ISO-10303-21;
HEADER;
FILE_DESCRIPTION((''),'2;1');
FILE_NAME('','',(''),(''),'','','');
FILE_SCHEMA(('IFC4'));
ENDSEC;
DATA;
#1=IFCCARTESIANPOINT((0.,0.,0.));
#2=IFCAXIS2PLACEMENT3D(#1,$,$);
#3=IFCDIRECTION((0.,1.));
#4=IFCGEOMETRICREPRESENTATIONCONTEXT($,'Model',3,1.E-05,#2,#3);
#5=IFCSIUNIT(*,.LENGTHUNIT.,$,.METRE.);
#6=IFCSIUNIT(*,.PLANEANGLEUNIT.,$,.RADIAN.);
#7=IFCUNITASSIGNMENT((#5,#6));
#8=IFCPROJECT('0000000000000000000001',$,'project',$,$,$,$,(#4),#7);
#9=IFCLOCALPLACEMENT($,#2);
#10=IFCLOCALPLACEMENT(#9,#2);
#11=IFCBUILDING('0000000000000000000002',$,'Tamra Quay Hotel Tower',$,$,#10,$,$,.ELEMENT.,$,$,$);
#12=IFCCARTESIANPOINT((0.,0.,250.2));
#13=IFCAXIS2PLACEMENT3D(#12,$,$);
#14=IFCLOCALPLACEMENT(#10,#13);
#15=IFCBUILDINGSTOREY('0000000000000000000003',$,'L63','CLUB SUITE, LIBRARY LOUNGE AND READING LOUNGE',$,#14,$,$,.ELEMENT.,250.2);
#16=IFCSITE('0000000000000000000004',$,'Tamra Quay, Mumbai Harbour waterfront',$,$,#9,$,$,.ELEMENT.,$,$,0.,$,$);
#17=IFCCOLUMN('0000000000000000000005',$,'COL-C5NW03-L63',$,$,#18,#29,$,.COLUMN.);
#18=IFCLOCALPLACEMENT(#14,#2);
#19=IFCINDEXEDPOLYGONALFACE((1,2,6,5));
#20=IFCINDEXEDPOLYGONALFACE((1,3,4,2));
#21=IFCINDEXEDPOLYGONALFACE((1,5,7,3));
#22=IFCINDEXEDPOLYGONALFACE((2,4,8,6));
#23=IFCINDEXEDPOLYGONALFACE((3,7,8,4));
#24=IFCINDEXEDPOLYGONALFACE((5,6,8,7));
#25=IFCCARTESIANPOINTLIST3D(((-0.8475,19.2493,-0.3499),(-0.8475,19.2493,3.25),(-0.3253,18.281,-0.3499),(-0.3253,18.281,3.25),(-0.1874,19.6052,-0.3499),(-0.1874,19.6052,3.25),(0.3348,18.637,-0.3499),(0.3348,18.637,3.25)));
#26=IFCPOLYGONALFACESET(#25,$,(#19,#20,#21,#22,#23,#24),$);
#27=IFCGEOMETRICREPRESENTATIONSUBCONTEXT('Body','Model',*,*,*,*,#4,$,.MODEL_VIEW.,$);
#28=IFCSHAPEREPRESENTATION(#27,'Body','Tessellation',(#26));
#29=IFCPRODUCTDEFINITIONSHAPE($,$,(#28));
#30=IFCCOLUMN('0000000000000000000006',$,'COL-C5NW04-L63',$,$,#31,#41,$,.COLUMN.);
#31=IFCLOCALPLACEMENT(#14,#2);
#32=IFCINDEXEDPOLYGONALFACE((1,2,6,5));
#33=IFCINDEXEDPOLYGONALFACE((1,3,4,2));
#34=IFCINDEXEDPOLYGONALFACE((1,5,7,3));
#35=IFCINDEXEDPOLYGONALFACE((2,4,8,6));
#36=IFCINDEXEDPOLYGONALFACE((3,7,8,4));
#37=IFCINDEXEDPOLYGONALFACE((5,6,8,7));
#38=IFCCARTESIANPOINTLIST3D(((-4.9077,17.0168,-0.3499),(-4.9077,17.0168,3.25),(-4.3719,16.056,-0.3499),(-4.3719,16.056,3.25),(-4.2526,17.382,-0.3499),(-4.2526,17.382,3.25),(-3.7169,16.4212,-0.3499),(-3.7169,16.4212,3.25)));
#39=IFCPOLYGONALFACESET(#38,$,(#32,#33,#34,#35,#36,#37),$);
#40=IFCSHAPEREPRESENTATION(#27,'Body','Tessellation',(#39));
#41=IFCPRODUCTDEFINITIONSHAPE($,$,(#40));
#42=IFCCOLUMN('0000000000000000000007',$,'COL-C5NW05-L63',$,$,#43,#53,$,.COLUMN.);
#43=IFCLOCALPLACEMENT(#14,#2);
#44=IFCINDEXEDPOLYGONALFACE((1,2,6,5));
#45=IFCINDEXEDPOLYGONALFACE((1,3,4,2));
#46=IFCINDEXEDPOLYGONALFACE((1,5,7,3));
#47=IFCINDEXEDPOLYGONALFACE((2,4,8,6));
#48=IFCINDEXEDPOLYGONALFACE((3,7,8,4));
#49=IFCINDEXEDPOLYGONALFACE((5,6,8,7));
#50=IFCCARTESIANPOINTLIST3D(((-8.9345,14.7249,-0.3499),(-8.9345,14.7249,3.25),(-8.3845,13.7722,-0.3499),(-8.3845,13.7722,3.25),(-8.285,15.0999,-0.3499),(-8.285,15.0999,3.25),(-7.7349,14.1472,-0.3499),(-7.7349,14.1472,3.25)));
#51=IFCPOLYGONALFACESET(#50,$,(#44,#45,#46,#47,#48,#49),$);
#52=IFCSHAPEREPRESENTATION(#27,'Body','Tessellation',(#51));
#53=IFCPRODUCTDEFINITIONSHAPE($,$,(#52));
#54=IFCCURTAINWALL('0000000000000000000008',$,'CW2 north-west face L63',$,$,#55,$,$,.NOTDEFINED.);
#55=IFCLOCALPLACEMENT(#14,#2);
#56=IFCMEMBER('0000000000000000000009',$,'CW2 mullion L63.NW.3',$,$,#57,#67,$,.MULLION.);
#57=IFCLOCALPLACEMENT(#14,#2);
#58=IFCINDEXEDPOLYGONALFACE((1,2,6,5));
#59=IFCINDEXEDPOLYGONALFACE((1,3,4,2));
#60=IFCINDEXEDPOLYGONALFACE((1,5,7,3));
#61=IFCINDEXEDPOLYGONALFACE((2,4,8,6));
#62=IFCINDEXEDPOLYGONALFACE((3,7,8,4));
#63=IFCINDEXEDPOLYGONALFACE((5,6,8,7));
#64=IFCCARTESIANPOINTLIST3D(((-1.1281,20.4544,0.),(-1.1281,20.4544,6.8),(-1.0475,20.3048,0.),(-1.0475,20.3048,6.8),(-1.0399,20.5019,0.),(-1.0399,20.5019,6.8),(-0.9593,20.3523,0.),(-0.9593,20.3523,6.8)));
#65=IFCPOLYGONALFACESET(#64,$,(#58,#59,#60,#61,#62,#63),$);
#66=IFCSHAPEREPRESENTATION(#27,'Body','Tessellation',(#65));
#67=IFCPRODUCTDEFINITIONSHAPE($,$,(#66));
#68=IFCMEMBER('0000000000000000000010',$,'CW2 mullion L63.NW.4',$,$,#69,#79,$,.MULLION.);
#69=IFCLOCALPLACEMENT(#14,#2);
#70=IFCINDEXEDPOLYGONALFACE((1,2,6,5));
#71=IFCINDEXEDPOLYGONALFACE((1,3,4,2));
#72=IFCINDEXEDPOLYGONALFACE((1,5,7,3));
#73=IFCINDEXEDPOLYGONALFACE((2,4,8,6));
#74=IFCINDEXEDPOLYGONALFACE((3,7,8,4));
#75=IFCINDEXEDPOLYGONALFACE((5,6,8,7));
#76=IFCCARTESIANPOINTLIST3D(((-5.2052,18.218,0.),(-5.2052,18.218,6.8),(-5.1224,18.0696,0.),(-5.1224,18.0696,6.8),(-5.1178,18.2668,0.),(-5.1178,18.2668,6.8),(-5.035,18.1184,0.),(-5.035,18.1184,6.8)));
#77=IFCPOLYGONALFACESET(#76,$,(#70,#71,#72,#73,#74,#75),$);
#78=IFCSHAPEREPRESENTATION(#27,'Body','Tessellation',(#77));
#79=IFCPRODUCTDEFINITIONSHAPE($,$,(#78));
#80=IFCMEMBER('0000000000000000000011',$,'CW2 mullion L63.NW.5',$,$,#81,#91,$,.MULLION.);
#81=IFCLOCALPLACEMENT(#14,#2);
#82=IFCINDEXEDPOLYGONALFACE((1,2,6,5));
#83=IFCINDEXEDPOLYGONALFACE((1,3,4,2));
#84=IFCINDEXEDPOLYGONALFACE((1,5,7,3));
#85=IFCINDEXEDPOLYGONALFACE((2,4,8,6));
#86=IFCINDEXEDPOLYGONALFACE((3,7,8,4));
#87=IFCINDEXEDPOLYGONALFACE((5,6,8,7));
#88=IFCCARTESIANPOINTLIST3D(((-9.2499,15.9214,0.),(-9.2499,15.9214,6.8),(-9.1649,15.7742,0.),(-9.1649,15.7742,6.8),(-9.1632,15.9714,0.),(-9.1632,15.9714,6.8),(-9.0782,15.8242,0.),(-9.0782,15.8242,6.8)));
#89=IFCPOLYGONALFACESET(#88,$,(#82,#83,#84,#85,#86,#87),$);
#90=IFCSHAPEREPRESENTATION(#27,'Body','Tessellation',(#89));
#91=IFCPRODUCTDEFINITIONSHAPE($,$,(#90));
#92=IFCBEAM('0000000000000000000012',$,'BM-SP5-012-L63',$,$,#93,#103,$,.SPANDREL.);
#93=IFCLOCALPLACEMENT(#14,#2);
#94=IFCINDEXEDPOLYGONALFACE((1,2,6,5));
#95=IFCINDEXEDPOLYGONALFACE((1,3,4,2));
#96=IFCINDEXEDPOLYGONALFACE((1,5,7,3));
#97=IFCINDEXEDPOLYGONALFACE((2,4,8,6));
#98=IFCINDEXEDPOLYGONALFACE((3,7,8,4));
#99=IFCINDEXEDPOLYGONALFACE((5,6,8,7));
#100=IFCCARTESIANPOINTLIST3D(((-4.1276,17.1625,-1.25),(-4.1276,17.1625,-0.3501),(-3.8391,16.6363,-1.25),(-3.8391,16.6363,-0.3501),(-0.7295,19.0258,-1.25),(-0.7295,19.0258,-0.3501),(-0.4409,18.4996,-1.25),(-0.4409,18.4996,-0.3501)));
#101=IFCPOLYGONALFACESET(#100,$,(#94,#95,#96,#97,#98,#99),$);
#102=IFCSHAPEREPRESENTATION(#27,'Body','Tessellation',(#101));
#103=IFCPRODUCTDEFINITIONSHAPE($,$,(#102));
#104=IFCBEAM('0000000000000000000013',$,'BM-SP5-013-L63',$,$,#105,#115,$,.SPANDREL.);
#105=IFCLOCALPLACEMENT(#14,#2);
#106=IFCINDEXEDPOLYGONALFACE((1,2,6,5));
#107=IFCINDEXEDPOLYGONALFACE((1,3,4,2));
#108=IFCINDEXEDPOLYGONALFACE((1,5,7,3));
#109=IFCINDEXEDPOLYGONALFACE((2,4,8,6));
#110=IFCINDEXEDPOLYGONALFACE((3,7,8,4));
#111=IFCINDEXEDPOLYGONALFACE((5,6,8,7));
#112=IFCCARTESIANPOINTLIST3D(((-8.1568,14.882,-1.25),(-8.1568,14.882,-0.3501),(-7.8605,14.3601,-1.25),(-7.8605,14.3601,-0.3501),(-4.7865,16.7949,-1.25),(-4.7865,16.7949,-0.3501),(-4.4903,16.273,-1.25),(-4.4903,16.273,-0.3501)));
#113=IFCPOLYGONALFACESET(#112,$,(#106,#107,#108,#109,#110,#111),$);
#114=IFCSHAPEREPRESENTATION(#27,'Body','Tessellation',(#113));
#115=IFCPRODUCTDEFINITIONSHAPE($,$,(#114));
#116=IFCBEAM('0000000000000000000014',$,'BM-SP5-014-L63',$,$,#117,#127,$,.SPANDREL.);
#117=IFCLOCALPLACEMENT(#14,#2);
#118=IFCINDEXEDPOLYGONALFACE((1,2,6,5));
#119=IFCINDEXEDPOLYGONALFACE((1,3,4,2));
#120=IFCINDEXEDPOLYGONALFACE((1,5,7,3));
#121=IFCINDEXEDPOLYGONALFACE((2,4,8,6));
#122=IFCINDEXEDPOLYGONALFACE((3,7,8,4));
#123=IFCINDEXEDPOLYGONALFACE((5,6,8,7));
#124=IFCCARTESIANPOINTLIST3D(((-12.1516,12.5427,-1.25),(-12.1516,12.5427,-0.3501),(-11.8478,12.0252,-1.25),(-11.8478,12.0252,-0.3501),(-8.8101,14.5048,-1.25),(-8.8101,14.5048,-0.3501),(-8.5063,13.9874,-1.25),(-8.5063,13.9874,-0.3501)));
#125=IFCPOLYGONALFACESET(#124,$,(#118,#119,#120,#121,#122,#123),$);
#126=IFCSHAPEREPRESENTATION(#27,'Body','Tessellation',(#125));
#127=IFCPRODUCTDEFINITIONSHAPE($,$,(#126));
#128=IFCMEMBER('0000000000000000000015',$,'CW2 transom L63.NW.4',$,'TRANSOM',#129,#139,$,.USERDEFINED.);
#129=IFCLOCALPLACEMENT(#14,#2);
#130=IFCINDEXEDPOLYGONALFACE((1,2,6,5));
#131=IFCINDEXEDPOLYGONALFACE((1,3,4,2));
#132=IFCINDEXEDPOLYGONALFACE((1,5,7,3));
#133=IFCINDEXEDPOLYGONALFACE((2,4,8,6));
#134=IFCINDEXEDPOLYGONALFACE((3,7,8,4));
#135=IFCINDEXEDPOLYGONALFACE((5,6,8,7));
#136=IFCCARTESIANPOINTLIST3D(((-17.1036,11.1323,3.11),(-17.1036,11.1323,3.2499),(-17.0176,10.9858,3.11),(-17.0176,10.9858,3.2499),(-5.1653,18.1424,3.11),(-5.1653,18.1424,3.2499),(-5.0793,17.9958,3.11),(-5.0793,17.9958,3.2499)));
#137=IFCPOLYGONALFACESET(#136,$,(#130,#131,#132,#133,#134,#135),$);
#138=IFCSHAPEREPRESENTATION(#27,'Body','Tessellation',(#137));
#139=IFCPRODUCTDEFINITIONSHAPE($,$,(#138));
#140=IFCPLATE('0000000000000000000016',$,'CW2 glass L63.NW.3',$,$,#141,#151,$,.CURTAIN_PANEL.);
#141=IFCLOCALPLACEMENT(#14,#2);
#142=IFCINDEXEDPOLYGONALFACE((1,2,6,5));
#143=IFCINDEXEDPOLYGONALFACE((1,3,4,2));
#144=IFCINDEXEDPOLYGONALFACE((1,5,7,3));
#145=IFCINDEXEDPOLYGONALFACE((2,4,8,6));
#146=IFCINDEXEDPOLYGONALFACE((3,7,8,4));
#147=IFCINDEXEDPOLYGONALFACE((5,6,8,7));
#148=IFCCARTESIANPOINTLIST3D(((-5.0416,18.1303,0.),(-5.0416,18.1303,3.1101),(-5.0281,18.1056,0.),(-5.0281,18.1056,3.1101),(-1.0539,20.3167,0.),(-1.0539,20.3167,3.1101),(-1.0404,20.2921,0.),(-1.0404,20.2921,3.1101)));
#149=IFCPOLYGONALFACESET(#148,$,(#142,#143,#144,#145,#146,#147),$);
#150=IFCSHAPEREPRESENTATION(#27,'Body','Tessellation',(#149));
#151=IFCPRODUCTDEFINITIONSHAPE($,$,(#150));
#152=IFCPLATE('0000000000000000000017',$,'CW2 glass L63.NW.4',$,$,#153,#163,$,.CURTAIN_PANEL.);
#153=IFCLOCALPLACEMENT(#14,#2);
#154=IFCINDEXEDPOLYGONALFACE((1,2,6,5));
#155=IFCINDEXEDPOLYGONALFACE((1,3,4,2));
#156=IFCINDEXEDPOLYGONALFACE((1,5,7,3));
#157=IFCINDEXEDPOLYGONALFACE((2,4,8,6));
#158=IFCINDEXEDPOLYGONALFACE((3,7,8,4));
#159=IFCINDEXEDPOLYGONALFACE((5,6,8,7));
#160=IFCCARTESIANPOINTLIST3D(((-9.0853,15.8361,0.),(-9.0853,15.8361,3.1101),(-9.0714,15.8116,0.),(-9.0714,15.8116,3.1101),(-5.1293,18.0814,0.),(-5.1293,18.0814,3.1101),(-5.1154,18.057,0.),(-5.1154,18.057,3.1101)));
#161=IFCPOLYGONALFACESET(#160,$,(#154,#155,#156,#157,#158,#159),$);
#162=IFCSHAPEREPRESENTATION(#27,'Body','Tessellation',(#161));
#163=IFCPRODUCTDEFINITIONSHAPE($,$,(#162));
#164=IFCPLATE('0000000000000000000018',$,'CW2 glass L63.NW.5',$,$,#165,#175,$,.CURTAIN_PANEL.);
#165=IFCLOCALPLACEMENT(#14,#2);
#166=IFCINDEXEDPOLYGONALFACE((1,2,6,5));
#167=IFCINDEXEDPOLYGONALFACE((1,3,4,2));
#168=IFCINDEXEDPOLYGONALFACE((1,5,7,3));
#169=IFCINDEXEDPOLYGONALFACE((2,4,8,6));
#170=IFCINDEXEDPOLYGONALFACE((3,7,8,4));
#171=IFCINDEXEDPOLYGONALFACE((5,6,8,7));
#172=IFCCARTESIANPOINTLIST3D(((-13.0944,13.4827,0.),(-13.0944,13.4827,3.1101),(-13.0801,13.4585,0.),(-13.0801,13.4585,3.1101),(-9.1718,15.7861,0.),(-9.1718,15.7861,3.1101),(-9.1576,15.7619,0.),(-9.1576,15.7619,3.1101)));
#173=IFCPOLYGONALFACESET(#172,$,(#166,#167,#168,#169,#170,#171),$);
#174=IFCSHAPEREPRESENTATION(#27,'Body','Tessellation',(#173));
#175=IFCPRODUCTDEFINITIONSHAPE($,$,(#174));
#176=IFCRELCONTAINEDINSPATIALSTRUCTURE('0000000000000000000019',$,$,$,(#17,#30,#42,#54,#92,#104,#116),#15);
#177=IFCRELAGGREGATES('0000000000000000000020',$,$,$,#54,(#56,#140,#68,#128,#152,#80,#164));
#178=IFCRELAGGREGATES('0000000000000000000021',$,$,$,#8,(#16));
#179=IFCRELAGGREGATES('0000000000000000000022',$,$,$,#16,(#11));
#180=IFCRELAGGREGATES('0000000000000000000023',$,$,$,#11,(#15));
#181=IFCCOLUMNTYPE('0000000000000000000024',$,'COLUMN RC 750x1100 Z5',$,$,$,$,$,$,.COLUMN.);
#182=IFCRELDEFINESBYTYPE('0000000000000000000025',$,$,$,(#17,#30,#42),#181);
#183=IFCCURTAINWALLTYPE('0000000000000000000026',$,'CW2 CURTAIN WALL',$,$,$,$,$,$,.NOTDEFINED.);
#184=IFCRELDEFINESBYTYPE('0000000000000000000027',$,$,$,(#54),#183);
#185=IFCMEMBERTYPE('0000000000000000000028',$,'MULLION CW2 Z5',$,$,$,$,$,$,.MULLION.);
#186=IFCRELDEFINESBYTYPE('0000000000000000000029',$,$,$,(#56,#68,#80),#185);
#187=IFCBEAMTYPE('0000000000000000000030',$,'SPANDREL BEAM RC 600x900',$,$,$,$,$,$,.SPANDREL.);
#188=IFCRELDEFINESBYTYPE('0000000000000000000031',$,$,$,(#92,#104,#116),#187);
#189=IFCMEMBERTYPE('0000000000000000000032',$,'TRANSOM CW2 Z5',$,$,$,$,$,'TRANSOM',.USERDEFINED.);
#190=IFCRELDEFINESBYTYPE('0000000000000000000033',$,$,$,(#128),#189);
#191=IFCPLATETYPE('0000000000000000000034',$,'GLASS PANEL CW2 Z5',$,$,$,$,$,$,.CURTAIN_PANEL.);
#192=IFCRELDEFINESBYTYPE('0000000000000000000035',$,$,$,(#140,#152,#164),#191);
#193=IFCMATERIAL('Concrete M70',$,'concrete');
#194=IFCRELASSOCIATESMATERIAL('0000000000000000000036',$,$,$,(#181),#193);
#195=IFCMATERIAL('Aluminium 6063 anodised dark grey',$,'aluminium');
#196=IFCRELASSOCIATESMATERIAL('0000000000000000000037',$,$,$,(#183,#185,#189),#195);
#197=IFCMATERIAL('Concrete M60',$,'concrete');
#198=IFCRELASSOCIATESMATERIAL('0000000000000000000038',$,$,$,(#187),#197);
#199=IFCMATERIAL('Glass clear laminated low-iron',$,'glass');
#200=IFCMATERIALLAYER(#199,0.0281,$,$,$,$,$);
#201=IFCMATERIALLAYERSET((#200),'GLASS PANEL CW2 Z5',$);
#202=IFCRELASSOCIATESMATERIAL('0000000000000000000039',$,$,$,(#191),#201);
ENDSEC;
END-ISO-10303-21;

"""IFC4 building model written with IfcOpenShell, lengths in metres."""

from ifc_helpers import new_model, si_unit, direction, frame, origin, origin_2d, place, context, subcontext, project, spatial, rectangle, extrude, material, layer, layer_set, material_profile, profile_set, type_object, element, aggregate, save


model = new_model("IFC4")

# Units and contexts
model_context = context("Model", 3, precision=1e-05, world=origin(), true_north=direction((0.0, 1.0)))
body_context = subcontext(model_context, "Body", "Model", "MODEL_VIEW")
ifc_project = project(units=[si_unit("LENGTHUNIT", "METRE"), si_unit("PLANEANGLEUNIT", "RADIAN")], contexts=[model_context])

# Site, building, storey
site_placement = place(None, origin())
site = spatial("IfcSite", under=ifc_project, at=site_placement, Name="Tamra Quay, Mumbai Harbour waterfront", CompositionType="ELEMENT", RefElevation=0.0)
building_placement = place(site_placement, origin())
building = spatial("IfcBuilding", under=site, at=building_placement, Name="Tamra Quay Hotel Tower", CompositionType="ELEMENT")
storey_placement = place(building_placement, frame((0.0, 0.0, 250.2)))
storey = spatial("IfcBuildingStorey", under=building, at=storey_placement, Name="L63", Description="CLUB SUITE, LIBRARY LOUNGE AND READING LOUNGE", CompositionType="ELEMENT", Elevation=250.2)

# Columns
ifc_material_1 = material(Name="Concrete M70", Category="concrete")
ifc_material_profile_1 = material_profile(ifc_material_1, rectangle(XDim=1.1001, YDim=0.75, at=origin_2d()), Name="COLUMN RC 750x1100 Z5")
ifc_profile_set_1 = profile_set([ifc_material_profile_1], Name="Concrete M70")
column_type = type_object("IfcColumnType", Name="COLUMN RC 750x1100 Z5", PredefinedType="COLUMN", material=ifc_profile_set_1)
for number, where, z_axis, x_axis, name in (
    (1, (-0.2563, 18.9431, -0.3499), (0.0, 0.0, 1.0), (-0.474651, 0.880174, 0.0), "COL-C5NW03-L63"),
    (2, (-4.3123, 16.719, -0.3499), (0.0, 0.0, 1.0), (-0.486989, 0.873408, 0.0), "COL-C5NW04-L63"),
    (3, (-8.3347, 14.436, -0.3499), (0.0, 0.0, 1.0), (-0.5, 0.866025, 0.0), "COL-C5NW05-L63"),
):
    element("IfcColumn", number, at=place(storey_placement, frame(where, z_axis=z_axis, x_axis=x_axis)), inside=storey, type_object=column_type, Name=name, PredefinedType="COLUMN", context=body_context, shape_type="SweptSolid", body=[
        extrude(rectangle(XDim=1.1001, YDim=0.75, at=origin_2d()), origin(), (0.0, 0.0, 1.0), 3.5999),
    ])

# Curtain wall, members
ifc_material_2 = material(Name="Aluminium 6063 anodised dark grey", Category="aluminium")
curtain_wall_type = type_object("IfcCurtainWallType", Name="CW2 CURTAIN WALL", PredefinedType="NOTDEFINED", material=ifc_material_2)
curtain_wall_placement = place(storey_placement, origin())
curtain_wall = element("IfcCurtainWall", 4, at=curtain_wall_placement, inside=storey, type_object=curtain_wall_type, Name="CW2 north-west face L63", PredefinedType="NOTDEFINED")
ifc_material_profile_2 = material_profile(ifc_material_2, rectangle(XDim=0.1699, YDim=0.1001, at=origin_2d()), Name="MULLION 100X170")
ifc_profile_set_2 = profile_set([ifc_material_profile_2], Name="Aluminium 6063 anodised dark grey")
member_type_1 = type_object("IfcMemberType", Name="MULLION CW2 Z5", PredefinedType="MULLION", material=ifc_profile_set_2)
member_1_placement = place(storey_placement, frame((-1.0437, 20.4033, 0.0), z_axis=(0.0, 0.0, 1.0), x_axis=(-0.474319, 0.880353, 0.0)))
member_1 = element("IfcMember", 5, at=member_1_placement, type_object=member_type_1, Name="CW2 mullion L63.NW.3", PredefinedType="MULLION", context=body_context, shape_type="SweptSolid", body=[
    extrude(rectangle(XDim=0.1699, YDim=0.1001, at=origin_2d()), origin(), (0.0, 0.0, 1.0), 6.8),
])
member_2_placement = place(storey_placement, frame((-5.1201, 18.1682, 0.0), z_axis=(0.0, 0.0, 1.0), x_axis=(-0.487204, 0.873288, 0.0)))
member_2 = element("IfcMember", 6, at=member_2_placement, type_object=member_type_1, Name="CW2 mullion L63.NW.4", PredefinedType="MULLION", context=body_context, shape_type="SweptSolid", body=[
    extrude(rectangle(XDim=0.1699, YDim=0.1001, at=origin_2d()), origin(), (0.0, 0.0, 1.0), 6.8),
])
member_3_placement = place(storey_placement, frame((-9.1641, 15.8728, 0.0), z_axis=(0.0, 0.0, 1.0), x_axis=(-0.5, 0.866025, 0.0)))
member_3 = element("IfcMember", 7, at=member_3_placement, type_object=member_type_1, Name="CW2 mullion L63.NW.5", PredefinedType="MULLION", context=body_context, shape_type="SweptSolid", body=[
    extrude(rectangle(XDim=0.1699, YDim=0.1001, at=origin_2d()), origin(), (0.0, 0.0, 1.0), 6.8),
])

# Beams
ifc_material_3 = material(Name="Concrete M60", Category="concrete")
ifc_material_profile_3 = material_profile(ifc_material_3, rectangle(XDim=0.6001, YDim=0.8999, at=origin_2d()), Name="SPANDREL BEAM RC 600x900")
ifc_profile_set_3 = profile_set([ifc_material_profile_3], Name="Concrete M60")
beam_type = type_object("IfcBeamType", Name="SPANDREL BEAM RC 600x900", PredefinedType="SPANDREL", material=ifc_profile_set_3)
beam_1_placement = place(storey_placement, frame((-0.5852, 18.7627, -0.8), z_axis=(-0.876839, -0.480784, 0.0), x_axis=(0.480784, -0.876839, 0.0)))
element("IfcBeam", 8, at=beam_1_placement, inside=storey, type_object=beam_type, Name="BM-SP5-012-L63", PredefinedType="SPANDREL", context=body_context, shape_type="SweptSolid", body=[
    extrude(rectangle(XDim=0.6001, YDim=0.8999, at=origin_2d()), origin(), (0.0, 0.0, 1.0), 3.8755),
])
beam_2_placement = place(storey_placement, frame((-4.6384, 16.5339, -0.8), z_axis=(-0.869678, -0.49362, 0.0), x_axis=(0.49362, -0.869678, 0.0)))
element("IfcBeam", 9, at=beam_2_placement, inside=storey, type_object=beam_type, Name="BM-SP5-013-L63", PredefinedType="SPANDREL", context=body_context, shape_type="SweptSolid", body=[
    extrude(rectangle(XDim=0.6001, YDim=0.8999, at=origin_2d()), origin(), (0.0, 0.0, 1.0), 3.8752),
])
beam_3_placement = place(storey_placement, frame((-8.6582, 14.2461, -0.8), z_axis=(-0.862324, -0.506356, 0.0), x_axis=(0.506356, -0.862324, 0.0)))
element("IfcBeam", 10, at=beam_3_placement, inside=storey, type_object=beam_type, Name="BM-SP5-014-L63", PredefinedType="SPANDREL", context=body_context, shape_type="SweptSolid", body=[
    extrude(rectangle(XDim=0.6001, YDim=0.8999, at=origin_2d()), origin(), (0.0, 0.0, 1.0), 3.875),
])

# Member
ifc_material_profile_4 = material_profile(ifc_material_2, rectangle(XDim=0.1699, YDim=0.1399, at=origin_2d()), Name="TRANSOM 170X140")
ifc_profile_set_4 = profile_set([ifc_material_profile_4], Name="Aluminium 6063 anodised dark grey")
member_type_2 = type_object("IfcMemberType", Name="TRANSOM CW2 Z5", ElementType="TRANSOM", PredefinedType="USERDEFINED", material=ifc_profile_set_4)
member_4_placement = place(storey_placement, frame((-5.1223, 18.0691, 3.1799), z_axis=(-0.862328, -0.50635, 0.0), x_axis=(0.50635, -0.862328, 0.0)))
member_4 = element("IfcMember", 11, at=member_4_placement, type_object=member_type_2, Name="CW2 transom L63.NW.4", ObjectType="TRANSOM", PredefinedType="USERDEFINED", context=body_context, shape_type="SweptSolid", body=[
    extrude(rectangle(XDim=0.1699, YDim=0.1399, at=origin_2d()), origin(), (0.0, 0.0, 1.0), 13.8442),
])

# Plates
ifc_material_4 = material(Name="Glass clear laminated low-iron", Category="glass")
ifc_layer_1 = layer(ifc_material_4, 0.0281)
ifc_layer_set_1 = layer_set([ifc_layer_1], Name="GLASS PANEL CW2 Z5")
plate_type = type_object("IfcPlateType", Name="GLASS PANEL CW2 Z5", PredefinedType="CURTAIN_PANEL", material=ifc_layer_set_1)
plate_1_placement = place(storey_placement, frame((-3.041, 19.2112, 0.0), z_axis=(0.0, 0.0, 1.0), x_axis=(-0.876846, -0.480771, 0.0)))
plate_1 = element("IfcPlate", 12, at=plate_1_placement, type_object=plate_type, Name="CW2 glass L63.NW.3", PredefinedType="CURTAIN_PANEL", context=body_context, shape_type="SweptSolid", body=[
    extrude(rectangle(XDim=4.5479, YDim=0.0281, at=origin_2d()), origin(), (0.0, 0.0, 1.0), 3.1101),
])
plate_2_placement = place(storey_placement, frame((-7.1003, 16.9465, 0.0), z_axis=(0.0, 0.0, 1.0), x_axis=(-0.869683, -0.493611, 0.0)))
plate_2 = element("IfcPlate", 13, at=plate_2_placement, type_object=plate_type, Name="CW2 glass L63.NW.4", PredefinedType="CURTAIN_PANEL", context=body_context, shape_type="SweptSolid", body=[
    extrude(rectangle(XDim=4.5488, YDim=0.0281, at=origin_2d()), origin(), (0.0, 0.0, 1.0), 3.1101),
])
plate_3_placement = place(storey_placement, frame((-11.126, 14.6223, 0.0), z_axis=(0.0, 0.0, 1.0), x_axis=(-0.862321, -0.506362, 0.0)))
plate_3 = element("IfcPlate", 14, at=plate_3_placement, type_object=plate_type, Name="CW2 glass L63.NW.5", PredefinedType="CURTAIN_PANEL", context=body_context, shape_type="SweptSolid", body=[
    extrude(rectangle(XDim=4.5488, YDim=0.0281, at=origin_2d()), origin(), (0.0, 0.0, 1.0), 3.1101),
])
aggregate(curtain_wall, [member_1, plate_1, member_2, member_4, plate_2, member_3, plate_3])

save(model, "model.ifc")
